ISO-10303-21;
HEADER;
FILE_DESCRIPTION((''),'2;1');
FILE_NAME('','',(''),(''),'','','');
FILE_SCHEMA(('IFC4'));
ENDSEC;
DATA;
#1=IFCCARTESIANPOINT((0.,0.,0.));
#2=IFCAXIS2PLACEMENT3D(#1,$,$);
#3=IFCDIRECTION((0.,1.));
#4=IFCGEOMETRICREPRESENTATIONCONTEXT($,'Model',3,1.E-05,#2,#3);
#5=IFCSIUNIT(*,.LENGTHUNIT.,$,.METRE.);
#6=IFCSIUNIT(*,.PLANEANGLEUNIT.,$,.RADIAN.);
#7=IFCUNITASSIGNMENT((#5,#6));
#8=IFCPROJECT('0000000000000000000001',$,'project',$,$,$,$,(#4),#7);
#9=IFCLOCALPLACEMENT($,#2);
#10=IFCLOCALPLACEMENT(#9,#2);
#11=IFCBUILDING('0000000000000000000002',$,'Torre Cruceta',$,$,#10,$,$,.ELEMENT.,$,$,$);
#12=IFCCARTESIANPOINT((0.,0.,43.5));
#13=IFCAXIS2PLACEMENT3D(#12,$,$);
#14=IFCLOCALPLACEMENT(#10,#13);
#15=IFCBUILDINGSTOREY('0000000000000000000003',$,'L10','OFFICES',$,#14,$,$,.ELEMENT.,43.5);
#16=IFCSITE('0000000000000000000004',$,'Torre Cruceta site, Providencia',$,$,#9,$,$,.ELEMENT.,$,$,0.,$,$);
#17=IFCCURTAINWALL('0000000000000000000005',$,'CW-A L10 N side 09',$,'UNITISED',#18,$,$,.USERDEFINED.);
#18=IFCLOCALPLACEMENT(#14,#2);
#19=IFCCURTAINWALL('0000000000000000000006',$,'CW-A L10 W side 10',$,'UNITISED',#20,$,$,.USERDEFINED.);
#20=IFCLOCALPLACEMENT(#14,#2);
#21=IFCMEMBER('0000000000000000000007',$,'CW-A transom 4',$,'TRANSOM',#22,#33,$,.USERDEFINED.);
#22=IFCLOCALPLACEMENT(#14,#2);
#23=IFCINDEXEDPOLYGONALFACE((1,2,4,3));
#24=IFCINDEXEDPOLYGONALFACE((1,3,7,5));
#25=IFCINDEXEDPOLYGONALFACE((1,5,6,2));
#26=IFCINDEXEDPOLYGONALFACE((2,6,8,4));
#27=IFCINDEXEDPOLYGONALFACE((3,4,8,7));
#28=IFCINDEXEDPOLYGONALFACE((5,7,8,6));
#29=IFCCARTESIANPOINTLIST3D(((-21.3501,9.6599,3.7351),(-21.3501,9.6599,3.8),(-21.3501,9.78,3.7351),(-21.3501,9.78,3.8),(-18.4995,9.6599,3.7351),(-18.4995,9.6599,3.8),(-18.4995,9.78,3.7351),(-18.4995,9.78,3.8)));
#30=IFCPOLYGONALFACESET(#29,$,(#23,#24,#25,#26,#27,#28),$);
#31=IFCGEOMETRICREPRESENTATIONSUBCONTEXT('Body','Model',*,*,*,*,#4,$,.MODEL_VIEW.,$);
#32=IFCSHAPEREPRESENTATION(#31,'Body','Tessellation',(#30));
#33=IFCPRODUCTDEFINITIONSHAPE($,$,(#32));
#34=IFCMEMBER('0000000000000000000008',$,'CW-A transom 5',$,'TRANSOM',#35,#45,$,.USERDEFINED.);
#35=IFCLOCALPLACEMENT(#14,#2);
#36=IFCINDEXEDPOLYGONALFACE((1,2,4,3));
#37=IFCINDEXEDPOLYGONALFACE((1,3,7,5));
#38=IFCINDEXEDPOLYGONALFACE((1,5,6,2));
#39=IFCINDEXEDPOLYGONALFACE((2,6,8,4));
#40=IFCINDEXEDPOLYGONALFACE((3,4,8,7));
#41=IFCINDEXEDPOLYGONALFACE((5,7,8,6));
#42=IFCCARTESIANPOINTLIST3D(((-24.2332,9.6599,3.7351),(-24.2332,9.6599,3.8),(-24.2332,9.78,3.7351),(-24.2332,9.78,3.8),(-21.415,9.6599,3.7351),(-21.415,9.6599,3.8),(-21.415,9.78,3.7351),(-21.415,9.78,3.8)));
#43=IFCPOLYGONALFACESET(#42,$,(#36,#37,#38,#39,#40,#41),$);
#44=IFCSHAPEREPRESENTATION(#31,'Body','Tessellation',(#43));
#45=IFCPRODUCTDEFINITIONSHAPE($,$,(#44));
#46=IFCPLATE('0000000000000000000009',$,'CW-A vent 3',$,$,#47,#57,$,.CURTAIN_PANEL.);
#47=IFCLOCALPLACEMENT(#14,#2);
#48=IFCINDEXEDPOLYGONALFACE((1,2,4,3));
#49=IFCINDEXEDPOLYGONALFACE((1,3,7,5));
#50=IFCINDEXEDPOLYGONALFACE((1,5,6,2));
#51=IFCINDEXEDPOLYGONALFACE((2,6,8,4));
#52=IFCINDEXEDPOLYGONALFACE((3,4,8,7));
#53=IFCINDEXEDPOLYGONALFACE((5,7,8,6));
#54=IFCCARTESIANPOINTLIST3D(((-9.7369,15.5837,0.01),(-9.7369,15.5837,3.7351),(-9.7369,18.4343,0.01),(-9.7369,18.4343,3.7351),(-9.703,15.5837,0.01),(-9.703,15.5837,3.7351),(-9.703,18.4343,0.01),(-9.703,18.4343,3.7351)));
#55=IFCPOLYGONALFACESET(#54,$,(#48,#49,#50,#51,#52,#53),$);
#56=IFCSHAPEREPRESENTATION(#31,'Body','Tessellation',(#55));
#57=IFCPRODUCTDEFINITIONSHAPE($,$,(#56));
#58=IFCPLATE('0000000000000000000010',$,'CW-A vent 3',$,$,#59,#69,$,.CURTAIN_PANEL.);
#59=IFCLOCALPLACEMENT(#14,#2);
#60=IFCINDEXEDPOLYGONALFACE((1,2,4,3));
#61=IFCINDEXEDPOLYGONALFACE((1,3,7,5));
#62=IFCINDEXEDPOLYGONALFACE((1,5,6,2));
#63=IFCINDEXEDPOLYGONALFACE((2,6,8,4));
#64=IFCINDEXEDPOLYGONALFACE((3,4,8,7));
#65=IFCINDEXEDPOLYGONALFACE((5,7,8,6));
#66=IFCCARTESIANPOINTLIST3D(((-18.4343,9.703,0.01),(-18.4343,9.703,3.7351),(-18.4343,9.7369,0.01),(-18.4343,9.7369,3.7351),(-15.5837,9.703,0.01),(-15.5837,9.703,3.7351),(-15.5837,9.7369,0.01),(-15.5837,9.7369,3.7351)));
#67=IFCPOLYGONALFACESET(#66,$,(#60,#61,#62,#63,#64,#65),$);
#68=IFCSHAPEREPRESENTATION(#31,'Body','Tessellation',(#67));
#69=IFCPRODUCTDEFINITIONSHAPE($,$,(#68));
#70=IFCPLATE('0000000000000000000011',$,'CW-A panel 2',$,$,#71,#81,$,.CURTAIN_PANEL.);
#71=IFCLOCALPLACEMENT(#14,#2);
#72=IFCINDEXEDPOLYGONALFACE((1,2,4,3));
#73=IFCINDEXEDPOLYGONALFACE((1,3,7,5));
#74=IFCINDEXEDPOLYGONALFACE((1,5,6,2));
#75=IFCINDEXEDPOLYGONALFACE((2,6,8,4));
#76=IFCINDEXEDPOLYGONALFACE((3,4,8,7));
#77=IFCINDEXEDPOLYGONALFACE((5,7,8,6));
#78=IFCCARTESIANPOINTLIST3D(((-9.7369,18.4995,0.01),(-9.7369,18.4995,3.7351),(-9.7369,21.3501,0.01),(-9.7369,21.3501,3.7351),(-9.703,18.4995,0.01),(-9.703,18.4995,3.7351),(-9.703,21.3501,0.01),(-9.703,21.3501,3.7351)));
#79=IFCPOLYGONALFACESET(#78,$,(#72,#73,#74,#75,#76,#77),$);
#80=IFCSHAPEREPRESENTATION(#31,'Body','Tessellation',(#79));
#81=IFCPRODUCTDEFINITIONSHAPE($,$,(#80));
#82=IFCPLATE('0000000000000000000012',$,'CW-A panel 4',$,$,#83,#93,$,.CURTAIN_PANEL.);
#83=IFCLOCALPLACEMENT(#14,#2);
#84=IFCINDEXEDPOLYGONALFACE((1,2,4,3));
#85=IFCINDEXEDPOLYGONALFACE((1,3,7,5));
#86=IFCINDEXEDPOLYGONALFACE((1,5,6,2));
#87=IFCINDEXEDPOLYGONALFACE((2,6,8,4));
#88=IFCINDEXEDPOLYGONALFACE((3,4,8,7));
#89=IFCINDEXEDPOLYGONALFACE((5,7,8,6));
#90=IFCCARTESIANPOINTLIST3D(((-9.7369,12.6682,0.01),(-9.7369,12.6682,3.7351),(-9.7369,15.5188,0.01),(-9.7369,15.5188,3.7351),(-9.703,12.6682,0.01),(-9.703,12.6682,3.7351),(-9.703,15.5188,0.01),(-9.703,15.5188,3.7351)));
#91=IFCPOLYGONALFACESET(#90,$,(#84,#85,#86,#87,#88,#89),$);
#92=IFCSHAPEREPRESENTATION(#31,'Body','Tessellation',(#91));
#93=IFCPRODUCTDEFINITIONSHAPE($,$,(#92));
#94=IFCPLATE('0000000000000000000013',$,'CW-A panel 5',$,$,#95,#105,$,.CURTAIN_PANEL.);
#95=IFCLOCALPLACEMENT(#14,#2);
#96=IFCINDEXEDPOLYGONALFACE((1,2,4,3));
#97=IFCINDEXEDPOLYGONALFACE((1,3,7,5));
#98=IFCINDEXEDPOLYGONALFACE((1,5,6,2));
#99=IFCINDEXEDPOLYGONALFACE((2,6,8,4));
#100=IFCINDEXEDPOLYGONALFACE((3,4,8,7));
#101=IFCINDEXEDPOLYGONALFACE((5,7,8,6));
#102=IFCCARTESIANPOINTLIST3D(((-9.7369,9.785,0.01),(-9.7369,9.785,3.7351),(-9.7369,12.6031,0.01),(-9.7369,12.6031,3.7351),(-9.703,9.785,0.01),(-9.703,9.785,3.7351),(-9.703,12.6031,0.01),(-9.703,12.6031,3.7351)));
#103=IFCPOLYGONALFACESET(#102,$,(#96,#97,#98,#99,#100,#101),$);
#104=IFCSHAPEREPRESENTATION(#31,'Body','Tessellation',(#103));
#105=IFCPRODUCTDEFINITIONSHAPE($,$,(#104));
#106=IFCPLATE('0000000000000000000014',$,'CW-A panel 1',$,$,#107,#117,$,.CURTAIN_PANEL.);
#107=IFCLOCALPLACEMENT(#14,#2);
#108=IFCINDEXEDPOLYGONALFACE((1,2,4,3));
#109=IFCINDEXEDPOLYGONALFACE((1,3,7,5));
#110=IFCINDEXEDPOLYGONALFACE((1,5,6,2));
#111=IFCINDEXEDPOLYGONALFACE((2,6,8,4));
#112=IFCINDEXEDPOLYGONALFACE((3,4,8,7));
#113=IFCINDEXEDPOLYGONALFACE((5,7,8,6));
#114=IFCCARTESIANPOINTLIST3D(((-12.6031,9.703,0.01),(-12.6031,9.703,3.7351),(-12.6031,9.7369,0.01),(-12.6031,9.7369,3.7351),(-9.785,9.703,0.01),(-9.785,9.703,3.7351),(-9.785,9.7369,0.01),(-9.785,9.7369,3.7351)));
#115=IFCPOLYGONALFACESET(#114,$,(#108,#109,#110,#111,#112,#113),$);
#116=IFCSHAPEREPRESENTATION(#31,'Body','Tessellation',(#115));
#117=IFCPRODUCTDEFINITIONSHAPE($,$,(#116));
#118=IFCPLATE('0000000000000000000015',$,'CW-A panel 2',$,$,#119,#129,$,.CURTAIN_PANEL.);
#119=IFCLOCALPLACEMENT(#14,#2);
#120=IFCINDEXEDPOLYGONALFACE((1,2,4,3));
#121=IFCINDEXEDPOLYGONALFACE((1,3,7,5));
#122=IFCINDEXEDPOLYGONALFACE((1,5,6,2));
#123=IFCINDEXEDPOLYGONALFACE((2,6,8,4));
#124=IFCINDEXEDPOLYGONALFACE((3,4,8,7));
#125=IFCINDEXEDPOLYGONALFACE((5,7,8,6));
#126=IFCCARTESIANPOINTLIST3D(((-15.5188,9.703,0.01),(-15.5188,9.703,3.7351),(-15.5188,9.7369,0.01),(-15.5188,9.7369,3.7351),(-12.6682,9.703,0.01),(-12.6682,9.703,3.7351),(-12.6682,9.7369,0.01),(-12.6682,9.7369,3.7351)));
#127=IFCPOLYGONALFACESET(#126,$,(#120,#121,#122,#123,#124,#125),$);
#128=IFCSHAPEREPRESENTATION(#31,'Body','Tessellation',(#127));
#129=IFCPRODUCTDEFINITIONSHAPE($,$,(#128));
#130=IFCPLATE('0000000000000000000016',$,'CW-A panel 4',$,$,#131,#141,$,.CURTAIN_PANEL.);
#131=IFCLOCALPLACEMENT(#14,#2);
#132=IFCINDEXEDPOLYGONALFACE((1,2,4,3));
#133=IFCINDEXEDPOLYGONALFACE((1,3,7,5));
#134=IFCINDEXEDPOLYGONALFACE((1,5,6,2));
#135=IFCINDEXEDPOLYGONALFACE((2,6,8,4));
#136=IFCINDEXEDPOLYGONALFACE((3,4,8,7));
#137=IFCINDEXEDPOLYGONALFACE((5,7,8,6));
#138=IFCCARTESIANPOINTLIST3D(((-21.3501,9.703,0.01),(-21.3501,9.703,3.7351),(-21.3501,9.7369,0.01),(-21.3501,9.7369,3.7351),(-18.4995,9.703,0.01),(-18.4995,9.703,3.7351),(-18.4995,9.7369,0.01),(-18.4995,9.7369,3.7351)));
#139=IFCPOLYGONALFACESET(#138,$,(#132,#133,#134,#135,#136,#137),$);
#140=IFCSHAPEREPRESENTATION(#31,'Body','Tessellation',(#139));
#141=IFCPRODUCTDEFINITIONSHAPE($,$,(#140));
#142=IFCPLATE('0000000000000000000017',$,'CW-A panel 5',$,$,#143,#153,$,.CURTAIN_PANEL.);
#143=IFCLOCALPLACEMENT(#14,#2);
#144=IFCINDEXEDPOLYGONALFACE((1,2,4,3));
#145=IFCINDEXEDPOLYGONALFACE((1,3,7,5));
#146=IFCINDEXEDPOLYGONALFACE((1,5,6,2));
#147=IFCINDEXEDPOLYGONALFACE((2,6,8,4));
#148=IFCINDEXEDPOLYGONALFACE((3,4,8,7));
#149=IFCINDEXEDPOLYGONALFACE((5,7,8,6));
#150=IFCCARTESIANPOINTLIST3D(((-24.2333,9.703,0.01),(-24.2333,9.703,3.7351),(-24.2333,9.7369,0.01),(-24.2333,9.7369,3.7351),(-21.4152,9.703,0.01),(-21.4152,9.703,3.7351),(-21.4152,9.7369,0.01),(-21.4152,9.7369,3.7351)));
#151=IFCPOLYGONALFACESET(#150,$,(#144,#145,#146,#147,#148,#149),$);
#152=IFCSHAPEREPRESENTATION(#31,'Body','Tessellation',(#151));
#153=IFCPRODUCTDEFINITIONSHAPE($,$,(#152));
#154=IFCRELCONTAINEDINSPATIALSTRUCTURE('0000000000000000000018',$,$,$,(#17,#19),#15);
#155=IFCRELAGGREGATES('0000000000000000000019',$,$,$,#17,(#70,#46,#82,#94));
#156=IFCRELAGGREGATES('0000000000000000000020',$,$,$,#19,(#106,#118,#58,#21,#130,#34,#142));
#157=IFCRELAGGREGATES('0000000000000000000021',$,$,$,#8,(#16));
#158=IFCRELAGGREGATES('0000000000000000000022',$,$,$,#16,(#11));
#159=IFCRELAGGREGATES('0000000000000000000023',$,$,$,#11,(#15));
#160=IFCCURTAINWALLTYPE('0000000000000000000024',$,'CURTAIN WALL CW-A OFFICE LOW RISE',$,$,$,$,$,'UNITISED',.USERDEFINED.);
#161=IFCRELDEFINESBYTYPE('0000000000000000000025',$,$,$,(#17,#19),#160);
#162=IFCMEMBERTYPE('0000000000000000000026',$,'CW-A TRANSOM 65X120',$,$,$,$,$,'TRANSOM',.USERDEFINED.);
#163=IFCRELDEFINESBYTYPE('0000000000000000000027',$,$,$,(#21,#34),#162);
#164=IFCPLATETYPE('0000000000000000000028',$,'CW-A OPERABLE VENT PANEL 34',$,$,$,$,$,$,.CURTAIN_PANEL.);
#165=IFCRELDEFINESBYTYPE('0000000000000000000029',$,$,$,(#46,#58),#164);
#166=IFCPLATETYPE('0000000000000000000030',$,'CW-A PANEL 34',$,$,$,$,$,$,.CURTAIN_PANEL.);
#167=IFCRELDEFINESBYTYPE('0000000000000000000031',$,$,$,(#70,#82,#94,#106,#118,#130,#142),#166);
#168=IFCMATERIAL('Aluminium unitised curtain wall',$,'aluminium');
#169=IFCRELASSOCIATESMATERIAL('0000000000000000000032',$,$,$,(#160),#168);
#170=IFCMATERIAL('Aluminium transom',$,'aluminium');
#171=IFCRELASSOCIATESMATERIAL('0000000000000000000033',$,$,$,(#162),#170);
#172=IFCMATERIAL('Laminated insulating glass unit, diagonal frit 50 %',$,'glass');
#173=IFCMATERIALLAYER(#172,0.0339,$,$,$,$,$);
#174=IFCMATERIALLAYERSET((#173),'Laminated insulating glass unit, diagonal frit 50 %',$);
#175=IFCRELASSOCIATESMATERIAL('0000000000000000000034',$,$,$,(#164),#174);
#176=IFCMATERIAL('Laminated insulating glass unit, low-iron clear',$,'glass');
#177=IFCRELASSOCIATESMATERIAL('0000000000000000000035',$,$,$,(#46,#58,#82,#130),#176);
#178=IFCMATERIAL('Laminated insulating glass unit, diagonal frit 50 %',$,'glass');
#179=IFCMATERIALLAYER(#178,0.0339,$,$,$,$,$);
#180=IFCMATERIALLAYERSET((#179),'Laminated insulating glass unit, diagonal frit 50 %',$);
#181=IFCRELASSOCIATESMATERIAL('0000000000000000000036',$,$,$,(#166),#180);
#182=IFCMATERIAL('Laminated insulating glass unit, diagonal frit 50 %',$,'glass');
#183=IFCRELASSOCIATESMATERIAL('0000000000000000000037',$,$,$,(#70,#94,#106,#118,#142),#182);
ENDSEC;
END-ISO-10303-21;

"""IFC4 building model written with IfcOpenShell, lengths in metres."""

from ifc_helpers import new_model, si_unit, direction, frame, origin, origin_2d, place, context, subcontext, project, spatial, rectangle, extrude, material, layer, layer_set, material_profile, profile_set, type_object, element, aggregate, save


model = new_model("IFC4")

# Units and contexts
model_context = context("Model", 3, precision=1e-05, world=origin(), true_north=direction((0.0, 1.0)))
body_context = subcontext(model_context, "Body", "Model", "MODEL_VIEW")
ifc_project = project(units=[si_unit("LENGTHUNIT", "METRE"), si_unit("PLANEANGLEUNIT", "RADIAN")], contexts=[model_context])

# Site, building, storey
site_placement = place(None, origin())
site = spatial("IfcSite", under=ifc_project, at=site_placement, Name="Torre Cruceta site, Providencia", CompositionType="ELEMENT", RefElevation=0.0)
building_placement = place(site_placement, origin())
building = spatial("IfcBuilding", under=site, at=building_placement, Name="Torre Cruceta", CompositionType="ELEMENT")
storey_placement = place(building_placement, frame((0.0, 0.0, 43.5)))
storey = spatial("IfcBuildingStorey", under=building, at=storey_placement, Name="L10", Description="OFFICES", CompositionType="ELEMENT", Elevation=43.5)

# Curtain walls
ifc_material_1 = material(Name="Aluminium unitised curtain wall", Category="aluminium")
curtain_wall_type = type_object("IfcCurtainWallType", Name="CURTAIN WALL CW-A OFFICE LOW RISE", ElementType="UNITISED", PredefinedType="USERDEFINED", material=ifc_material_1)
curtain_wall_1_placement = place(storey_placement, origin())
curtain_wall_1 = element("IfcCurtainWall", 1, at=curtain_wall_1_placement, inside=storey, type_object=curtain_wall_type, Name="CW-A L10 N side 09", ObjectType="UNITISED", PredefinedType="USERDEFINED")
curtain_wall_2_placement = place(storey_placement, origin())
curtain_wall_2 = element("IfcCurtainWall", 2, at=curtain_wall_2_placement, inside=storey, type_object=curtain_wall_type, Name="CW-A L10 W side 10", ObjectType="UNITISED", PredefinedType="USERDEFINED")

# Members
ifc_material_2 = material(Name="Aluminium transom", Category="aluminium")
ifc_material_profile_1 = material_profile(ifc_material_2, rectangle(XDim=0.1201, YDim=0.0649, at=origin_2d()), Name="AL 120X65")
ifc_profile_set_1 = profile_set([ifc_material_profile_1], Name="Aluminium transom")
member_type_1 = type_object("IfcMemberType", Name="CW-A TRANSOM 65X120", ElementType="TRANSOM", PredefinedType="USERDEFINED", material=ifc_profile_set_1)
member_1_placement = place(storey_placement, frame((-18.4995, 9.72, 3.7676), z_axis=(-1.0, 0.0, 0.0), x_axis=(0.0, -1.0, 0.0)))
member_1 = element("IfcMember", 3, at=member_1_placement, type_object=member_type_1, Name="CW-A transom 4", ObjectType="TRANSOM", PredefinedType="USERDEFINED", context=body_context, shape_type="SweptSolid", body=[
    extrude(rectangle(XDim=0.1201, YDim=0.0649, at=origin_2d()), origin(), (0.0, 0.0, 1.0), 2.8506),
])
member_2_placement = place(storey_placement, frame((-21.415, 9.72, 3.7676), z_axis=(-1.0, 0.0, 0.0), x_axis=(0.0, -1.0, 0.0)))
member_2 = element("IfcMember", 4, at=member_2_placement, type_object=member_type_1, Name="CW-A transom 5", ObjectType="TRANSOM", PredefinedType="USERDEFINED", context=body_context, shape_type="SweptSolid", body=[
    extrude(rectangle(XDim=0.1201, YDim=0.0649, at=origin_2d()), origin(), (0.0, 0.0, 1.0), 2.8181),
])

# Plates
ifc_material_3 = material(Name="Laminated insulating glass unit, low-iron clear", Category="glass")
ifc_material_4 = material(Name="Laminated insulating glass unit, diagonal frit 50 %", Category="glass")
ifc_layer_1 = layer(ifc_material_4, 0.0339)
ifc_layer_set_1 = layer_set([ifc_layer_1], Name="Laminated insulating glass unit, diagonal frit 50 %")
plate_type_1 = type_object("IfcPlateType", Name="CW-A OPERABLE VENT PANEL 34", PredefinedType="CURTAIN_PANEL", material=ifc_layer_set_1)
plate_1_placement = place(storey_placement, frame((-9.72, 17.009, 0.01), z_axis=(0.0, 0.0, 1.0), x_axis=(0.0, -1.0, 0.0)))
plate_1 = element("IfcPlate", 5, at=plate_1_placement, type_object=plate_type_1, material=ifc_material_3, Name="CW-A vent 3", PredefinedType="CURTAIN_PANEL", context=body_context, shape_type="SweptSolid", body=[
    extrude(rectangle(XDim=2.8506, YDim=0.0339, at=origin_2d()), origin(), (0.0, 0.0, 1.0), 3.7251),
])
plate_2_placement = place(storey_placement, frame((-17.009, 9.72, 0.01), z_axis=(0.0, 0.0, 1.0), x_axis=(-1.0, 0.0, 0.0)))
plate_2 = element("IfcPlate", 6, at=plate_2_placement, type_object=plate_type_1, material=ifc_material_3, Name="CW-A vent 3", PredefinedType="CURTAIN_PANEL", context=body_context, shape_type="SweptSolid", body=[
    extrude(rectangle(XDim=2.8506, YDim=0.0339, at=origin_2d()), origin(), (0.0, 0.0, 1.0), 3.7251),
])
ifc_material_5 = material(Name="Laminated insulating glass unit, diagonal frit 50 %", Category="glass")
ifc_material_6 = material(Name="Laminated insulating glass unit, diagonal frit 50 %", Category="glass")
ifc_layer_2 = layer(ifc_material_6, 0.0339)
ifc_layer_set_2 = layer_set([ifc_layer_2], Name="Laminated insulating glass unit, diagonal frit 50 %")
plate_type_2 = type_object("IfcPlateType", Name="CW-A PANEL 34", PredefinedType="CURTAIN_PANEL", material=ifc_layer_set_2)
plate_3_placement = place(storey_placement, frame((-9.72, 19.9248, 0.01), z_axis=(0.0, 0.0, 1.0), x_axis=(0.0, -1.0, 0.0)))
plate_3 = element("IfcPlate", 7, at=plate_3_placement, type_object=plate_type_2, material=ifc_material_5, Name="CW-A panel 2", PredefinedType="CURTAIN_PANEL", context=body_context, shape_type="SweptSolid", body=[
    extrude(rectangle(XDim=2.8506, YDim=0.0339, at=origin_2d()), origin(), (0.0, 0.0, 1.0), 3.7251),
])
plate_4_placement = place(storey_placement, frame((-9.72, 14.0935, 0.01), z_axis=(0.0, 0.0, 1.0), x_axis=(0.0, -1.0, 0.0)))
plate_4 = element("IfcPlate", 8, at=plate_4_placement, type_object=plate_type_2, material=ifc_material_3, Name="CW-A panel 4", PredefinedType="CURTAIN_PANEL", context=body_context, shape_type="SweptSolid", body=[
    extrude(rectangle(XDim=2.8506, YDim=0.0339, at=origin_2d()), origin(), (0.0, 0.0, 1.0), 3.7251),
])
plate_5_placement = place(storey_placement, frame((-9.72, 11.1941, 0.01), z_axis=(0.0, 0.0, 1.0), x_axis=(0.0, -1.0, 0.0)))
plate_5 = element("IfcPlate", 9, at=plate_5_placement, type_object=plate_type_2, material=ifc_material_5, Name="CW-A panel 5", PredefinedType="CURTAIN_PANEL", context=body_context, shape_type="SweptSolid", body=[
    extrude(rectangle(XDim=2.8181, YDim=0.0339, at=origin_2d()), origin(), (0.0, 0.0, 1.0), 3.7251),
])
aggregate(curtain_wall_1, [plate_3, plate_1, plate_4, plate_5])
plate_6_placement = place(storey_placement, frame((-11.1941, 9.72, 0.01), z_axis=(0.0, 0.0, 1.0), x_axis=(-1.0, 0.0, 0.0)))
plate_6 = element("IfcPlate", 10, at=plate_6_placement, type_object=plate_type_2, material=ifc_material_5, Name="CW-A panel 1", PredefinedType="CURTAIN_PANEL", context=body_context, shape_type="SweptSolid", body=[
    extrude(rectangle(XDim=2.8181, YDim=0.0339, at=origin_2d()), origin(), (0.0, 0.0, 1.0), 3.7251),
])
plate_7_placement = place(storey_placement, frame((-14.0935, 9.72, 0.01), z_axis=(0.0, 0.0, 1.0), x_axis=(-1.0, 0.0, 0.0)))
plate_7 = element("IfcPlate", 11, at=plate_7_placement, type_object=plate_type_2, material=ifc_material_5, Name="CW-A panel 2", PredefinedType="CURTAIN_PANEL", context=body_context, shape_type="SweptSolid", body=[
    extrude(rectangle(XDim=2.8506, YDim=0.0339, at=origin_2d()), origin(), (0.0, 0.0, 1.0), 3.7251),
])
plate_8_placement = place(storey_placement, frame((-19.9248, 9.72, 0.01), z_axis=(0.0, 0.0, 1.0), x_axis=(-1.0, 0.0, 0.0)))
plate_8 = element("IfcPlate", 12, at=plate_8_placement, type_object=plate_type_2, material=ifc_material_3, Name="CW-A panel 4", PredefinedType="CURTAIN_PANEL", context=body_context, shape_type="SweptSolid", body=[
    extrude(rectangle(XDim=2.8506, YDim=0.0339, at=origin_2d()), origin(), (0.0, 0.0, 1.0), 3.7251),
])
plate_9_placement = place(storey_placement, frame((-22.8242, 9.72, 0.01), z_axis=(0.0, 0.0, 1.0), x_axis=(-1.0, 0.0, 0.0)))
plate_9 = element("IfcPlate", 13, at=plate_9_placement, type_object=plate_type_2, material=ifc_material_5, Name="CW-A panel 5", PredefinedType="CURTAIN_PANEL", context=body_context, shape_type="SweptSolid", body=[
    extrude(rectangle(XDim=2.8181, YDim=0.0339, at=origin_2d()), origin(), (0.0, 0.0, 1.0), 3.7251),
])
aggregate(curtain_wall_2, [plate_6, plate_7, plate_2, member_1, plate_8, member_2, plate_9])

save(model, "model.ifc")
